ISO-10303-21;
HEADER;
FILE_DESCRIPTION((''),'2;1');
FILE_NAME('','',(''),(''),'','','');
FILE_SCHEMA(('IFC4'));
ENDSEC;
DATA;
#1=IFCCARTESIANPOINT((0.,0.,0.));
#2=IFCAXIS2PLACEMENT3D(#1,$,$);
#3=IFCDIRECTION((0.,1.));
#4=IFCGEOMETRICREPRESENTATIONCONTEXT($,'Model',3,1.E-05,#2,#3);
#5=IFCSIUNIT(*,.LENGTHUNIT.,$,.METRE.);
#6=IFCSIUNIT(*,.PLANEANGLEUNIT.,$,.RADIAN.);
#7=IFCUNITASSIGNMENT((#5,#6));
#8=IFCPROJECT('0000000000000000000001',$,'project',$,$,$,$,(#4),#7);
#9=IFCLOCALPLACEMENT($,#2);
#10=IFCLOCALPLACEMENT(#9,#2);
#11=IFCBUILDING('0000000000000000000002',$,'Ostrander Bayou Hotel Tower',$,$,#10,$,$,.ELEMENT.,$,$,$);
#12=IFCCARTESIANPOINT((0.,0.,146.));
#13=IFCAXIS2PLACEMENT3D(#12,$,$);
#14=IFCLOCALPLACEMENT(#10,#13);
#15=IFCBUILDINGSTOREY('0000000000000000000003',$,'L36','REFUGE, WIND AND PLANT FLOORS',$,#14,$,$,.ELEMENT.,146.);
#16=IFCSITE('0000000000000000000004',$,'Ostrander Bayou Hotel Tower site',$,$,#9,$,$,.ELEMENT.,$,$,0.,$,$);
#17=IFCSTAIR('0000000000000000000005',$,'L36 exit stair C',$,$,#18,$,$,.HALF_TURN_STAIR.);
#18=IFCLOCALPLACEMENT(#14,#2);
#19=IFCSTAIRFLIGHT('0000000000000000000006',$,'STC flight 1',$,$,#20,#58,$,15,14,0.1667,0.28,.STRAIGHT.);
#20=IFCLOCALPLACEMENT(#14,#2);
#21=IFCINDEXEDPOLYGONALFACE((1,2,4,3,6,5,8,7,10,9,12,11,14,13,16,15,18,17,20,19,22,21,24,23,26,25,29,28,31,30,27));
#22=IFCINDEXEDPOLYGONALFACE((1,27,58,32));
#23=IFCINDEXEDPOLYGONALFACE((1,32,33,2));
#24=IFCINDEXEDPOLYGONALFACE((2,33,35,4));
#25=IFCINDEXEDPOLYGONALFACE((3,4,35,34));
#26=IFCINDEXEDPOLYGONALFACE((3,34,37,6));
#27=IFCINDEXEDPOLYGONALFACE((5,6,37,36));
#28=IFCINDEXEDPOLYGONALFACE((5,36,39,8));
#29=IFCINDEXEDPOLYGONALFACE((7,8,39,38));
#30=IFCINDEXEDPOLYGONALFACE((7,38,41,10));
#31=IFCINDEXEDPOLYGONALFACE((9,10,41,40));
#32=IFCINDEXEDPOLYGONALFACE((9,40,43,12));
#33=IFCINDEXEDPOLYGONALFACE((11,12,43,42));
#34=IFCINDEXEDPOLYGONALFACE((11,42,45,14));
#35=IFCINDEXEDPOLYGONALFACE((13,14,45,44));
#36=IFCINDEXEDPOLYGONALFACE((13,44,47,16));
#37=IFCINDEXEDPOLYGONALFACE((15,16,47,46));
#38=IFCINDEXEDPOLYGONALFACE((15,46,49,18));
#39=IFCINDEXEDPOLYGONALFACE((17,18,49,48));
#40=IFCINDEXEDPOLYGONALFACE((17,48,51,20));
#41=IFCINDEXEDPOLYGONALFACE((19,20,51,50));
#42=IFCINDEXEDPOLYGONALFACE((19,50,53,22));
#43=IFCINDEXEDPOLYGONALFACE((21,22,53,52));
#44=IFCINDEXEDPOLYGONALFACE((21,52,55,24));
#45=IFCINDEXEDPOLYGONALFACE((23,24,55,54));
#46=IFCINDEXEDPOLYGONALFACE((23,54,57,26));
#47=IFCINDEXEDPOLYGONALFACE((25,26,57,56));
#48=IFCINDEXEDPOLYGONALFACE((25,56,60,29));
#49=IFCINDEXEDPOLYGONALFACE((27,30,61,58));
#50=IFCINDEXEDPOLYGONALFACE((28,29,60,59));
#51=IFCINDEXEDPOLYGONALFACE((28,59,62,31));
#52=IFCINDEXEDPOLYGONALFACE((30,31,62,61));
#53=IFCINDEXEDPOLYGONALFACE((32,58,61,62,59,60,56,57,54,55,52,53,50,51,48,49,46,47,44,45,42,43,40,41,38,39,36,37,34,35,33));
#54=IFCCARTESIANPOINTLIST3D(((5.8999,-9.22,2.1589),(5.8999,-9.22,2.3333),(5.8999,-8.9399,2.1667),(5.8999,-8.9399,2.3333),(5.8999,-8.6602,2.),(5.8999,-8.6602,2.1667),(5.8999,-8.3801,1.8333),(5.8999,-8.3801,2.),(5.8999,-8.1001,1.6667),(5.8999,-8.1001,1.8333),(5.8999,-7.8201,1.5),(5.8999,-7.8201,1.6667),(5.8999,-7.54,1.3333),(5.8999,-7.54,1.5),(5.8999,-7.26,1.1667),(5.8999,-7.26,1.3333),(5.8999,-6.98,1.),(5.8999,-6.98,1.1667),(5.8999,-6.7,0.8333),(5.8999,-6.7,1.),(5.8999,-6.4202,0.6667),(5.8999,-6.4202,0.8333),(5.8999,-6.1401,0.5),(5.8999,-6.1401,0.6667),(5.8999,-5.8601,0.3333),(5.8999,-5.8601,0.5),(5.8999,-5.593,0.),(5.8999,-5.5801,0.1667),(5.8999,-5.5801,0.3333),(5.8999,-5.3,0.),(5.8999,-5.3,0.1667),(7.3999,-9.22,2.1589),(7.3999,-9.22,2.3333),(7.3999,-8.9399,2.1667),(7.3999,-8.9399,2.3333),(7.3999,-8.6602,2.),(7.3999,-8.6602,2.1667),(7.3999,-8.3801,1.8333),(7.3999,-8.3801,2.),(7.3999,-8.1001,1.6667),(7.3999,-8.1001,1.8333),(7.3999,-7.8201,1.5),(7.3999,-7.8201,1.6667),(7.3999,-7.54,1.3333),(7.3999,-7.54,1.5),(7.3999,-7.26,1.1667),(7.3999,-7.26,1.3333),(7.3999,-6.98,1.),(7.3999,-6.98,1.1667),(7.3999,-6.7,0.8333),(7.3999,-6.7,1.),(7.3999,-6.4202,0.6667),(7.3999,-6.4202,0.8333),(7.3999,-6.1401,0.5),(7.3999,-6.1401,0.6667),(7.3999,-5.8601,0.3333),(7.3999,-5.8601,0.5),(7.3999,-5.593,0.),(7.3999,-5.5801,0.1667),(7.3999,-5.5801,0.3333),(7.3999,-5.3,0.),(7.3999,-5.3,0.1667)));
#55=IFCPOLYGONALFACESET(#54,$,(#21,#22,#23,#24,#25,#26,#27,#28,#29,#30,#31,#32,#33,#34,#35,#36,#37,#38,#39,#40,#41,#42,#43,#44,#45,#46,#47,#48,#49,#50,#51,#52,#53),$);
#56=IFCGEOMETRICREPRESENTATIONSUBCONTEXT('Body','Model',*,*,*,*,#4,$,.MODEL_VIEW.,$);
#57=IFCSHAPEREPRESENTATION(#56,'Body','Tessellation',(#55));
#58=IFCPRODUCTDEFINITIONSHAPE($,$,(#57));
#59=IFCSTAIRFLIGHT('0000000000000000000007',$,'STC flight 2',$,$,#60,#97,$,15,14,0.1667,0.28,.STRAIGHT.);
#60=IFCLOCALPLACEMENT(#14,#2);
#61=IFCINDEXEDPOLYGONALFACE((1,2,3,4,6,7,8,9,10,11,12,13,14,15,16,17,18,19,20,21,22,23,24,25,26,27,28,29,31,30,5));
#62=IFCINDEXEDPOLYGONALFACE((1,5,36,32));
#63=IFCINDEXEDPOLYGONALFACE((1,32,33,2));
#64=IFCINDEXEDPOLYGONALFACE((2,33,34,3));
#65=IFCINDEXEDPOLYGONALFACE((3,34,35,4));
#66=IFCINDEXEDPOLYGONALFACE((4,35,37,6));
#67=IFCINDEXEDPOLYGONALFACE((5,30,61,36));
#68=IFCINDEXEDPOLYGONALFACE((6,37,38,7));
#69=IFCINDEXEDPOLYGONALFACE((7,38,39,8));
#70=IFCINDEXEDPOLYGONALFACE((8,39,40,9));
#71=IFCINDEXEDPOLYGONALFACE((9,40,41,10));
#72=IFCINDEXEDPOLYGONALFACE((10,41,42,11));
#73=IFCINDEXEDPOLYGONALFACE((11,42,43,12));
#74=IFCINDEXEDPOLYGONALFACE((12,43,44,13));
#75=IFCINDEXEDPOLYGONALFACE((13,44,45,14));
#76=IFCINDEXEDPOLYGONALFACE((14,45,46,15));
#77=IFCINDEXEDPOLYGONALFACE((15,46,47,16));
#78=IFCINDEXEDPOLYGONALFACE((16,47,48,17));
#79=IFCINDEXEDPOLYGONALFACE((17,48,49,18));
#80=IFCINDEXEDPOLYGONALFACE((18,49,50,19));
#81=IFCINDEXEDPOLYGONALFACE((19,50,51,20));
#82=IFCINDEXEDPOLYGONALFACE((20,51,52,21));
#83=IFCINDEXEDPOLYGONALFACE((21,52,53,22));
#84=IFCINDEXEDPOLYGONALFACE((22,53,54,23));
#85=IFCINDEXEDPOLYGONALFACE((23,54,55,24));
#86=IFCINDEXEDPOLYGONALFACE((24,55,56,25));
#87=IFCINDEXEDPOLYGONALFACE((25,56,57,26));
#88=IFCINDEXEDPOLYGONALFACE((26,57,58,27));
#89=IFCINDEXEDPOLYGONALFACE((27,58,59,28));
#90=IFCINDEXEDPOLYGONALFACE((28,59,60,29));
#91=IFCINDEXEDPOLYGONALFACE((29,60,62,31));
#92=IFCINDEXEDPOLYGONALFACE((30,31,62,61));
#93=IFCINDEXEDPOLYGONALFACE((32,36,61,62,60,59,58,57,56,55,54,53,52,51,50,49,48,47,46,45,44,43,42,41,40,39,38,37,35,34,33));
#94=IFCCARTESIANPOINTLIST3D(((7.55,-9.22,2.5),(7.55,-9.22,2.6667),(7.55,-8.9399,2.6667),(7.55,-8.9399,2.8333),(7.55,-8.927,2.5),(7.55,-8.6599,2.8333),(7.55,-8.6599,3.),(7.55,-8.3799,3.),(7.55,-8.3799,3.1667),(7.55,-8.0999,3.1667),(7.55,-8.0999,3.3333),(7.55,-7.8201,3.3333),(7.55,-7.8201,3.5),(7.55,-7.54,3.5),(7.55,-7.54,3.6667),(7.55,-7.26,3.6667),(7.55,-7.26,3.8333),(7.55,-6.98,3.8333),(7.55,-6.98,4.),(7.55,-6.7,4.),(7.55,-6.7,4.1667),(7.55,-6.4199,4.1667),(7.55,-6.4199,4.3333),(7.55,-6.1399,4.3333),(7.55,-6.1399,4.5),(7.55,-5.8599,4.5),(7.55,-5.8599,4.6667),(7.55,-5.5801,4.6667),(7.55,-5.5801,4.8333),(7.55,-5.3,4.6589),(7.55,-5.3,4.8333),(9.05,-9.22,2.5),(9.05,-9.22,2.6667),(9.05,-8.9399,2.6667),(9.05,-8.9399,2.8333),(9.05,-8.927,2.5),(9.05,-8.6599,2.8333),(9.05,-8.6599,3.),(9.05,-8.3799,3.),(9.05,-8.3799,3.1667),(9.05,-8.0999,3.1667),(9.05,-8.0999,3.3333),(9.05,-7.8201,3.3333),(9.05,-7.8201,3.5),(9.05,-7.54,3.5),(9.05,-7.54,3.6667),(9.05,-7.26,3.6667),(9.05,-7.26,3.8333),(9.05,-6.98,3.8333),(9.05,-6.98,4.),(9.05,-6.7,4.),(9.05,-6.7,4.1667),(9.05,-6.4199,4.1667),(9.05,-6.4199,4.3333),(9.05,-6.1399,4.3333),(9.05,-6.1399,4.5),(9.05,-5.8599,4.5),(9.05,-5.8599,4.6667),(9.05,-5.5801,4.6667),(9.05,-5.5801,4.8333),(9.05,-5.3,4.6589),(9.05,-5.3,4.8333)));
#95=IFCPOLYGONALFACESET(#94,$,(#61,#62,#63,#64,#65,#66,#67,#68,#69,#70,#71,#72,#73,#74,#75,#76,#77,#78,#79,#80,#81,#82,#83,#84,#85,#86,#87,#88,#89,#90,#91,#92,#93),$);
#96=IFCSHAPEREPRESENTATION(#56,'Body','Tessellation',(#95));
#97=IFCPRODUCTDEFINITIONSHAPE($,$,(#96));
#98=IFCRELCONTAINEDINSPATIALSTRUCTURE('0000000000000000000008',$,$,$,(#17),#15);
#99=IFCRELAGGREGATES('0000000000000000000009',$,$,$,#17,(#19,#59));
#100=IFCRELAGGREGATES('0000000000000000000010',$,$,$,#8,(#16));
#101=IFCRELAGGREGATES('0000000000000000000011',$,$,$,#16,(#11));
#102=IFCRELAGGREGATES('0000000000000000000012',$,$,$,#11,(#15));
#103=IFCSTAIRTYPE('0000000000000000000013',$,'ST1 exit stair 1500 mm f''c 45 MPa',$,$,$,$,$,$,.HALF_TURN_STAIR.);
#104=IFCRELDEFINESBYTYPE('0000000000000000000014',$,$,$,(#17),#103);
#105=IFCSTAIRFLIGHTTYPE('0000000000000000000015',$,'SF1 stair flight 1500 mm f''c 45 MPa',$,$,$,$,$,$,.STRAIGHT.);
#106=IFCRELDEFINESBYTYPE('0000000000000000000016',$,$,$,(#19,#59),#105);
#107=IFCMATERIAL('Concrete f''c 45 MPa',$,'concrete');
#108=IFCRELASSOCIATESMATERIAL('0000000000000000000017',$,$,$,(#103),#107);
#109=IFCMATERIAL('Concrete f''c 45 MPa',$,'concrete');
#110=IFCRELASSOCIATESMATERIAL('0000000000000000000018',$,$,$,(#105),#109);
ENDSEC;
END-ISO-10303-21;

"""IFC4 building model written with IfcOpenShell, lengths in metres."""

from ifc_helpers import new_model, si_unit, direction, frame, origin, place, context, subcontext, project, spatial, polyline, outline, extrude, material, type_object, element, aggregate, save


model = new_model("IFC4")

# Units and contexts
model_context = context("Model", 3, precision=1e-05, world=origin(), true_north=direction((0.0, 1.0)))
body_context = subcontext(model_context, "Body", "Model", "MODEL_VIEW")
ifc_project = project(units=[si_unit("LENGTHUNIT", "METRE"), si_unit("PLANEANGLEUNIT", "RADIAN")], contexts=[model_context])

# Site, building, storey
site_placement = place(None, origin())
site = spatial("IfcSite", under=ifc_project, at=site_placement, Name="Ostrander Bayou Hotel Tower site", CompositionType="ELEMENT", RefElevation=0.0)
building_placement = place(site_placement, origin())
building = spatial("IfcBuilding", under=site, at=building_placement, Name="Ostrander Bayou Hotel Tower", CompositionType="ELEMENT")
storey_placement = place(building_placement, frame((0.0, 0.0, 146.0)))
storey = spatial("IfcBuildingStorey", under=building, at=storey_placement, Name="L36", Description="REFUGE, WIND AND PLANT FLOORS", CompositionType="ELEMENT", Elevation=146.0)

# Stair, stair flights
ifc_material_1 = material(Name="Concrete f'c 45 MPa", Category="concrete")
stair_type = type_object("IfcStairType", Name="ST1 exit stair 1500 mm f'c 45 MPa", PredefinedType="HALF_TURN_STAIR", material=ifc_material_1)
stair_placement = place(storey_placement, origin())
stair = element("IfcStair", 1, at=stair_placement, inside=storey, type_object=stair_type, Name="L36 exit stair C", PredefinedType="HALF_TURN_STAIR")
ifc_material_2 = material(Name="Concrete f'c 45 MPa", Category="concrete")
stair_flight_type = type_object("IfcStairFlightType", Name="SF1 stair flight 1500 mm f'c 45 MPa", PredefinedType="STRAIGHT", material=ifc_material_2)
stair_flight_1_placement = place(storey_placement, frame((6.6499, -5.3, 0.0), z_axis=(0.0, 0.0, 1.0), x_axis=(0.0, -1.0, 0.0)))
stair_flight_1 = element("IfcStairFlight", 2, at=stair_flight_1_placement, type_object=stair_flight_type, Name="STC flight 1", NumberOfRisers=15, NumberOfTreads=14, PredefinedType="STRAIGHT", RiserHeight=0.1667, TreadLength=0.28, context=body_context, shape_type="SweptSolid", body=[
    extrude(outline(polyline([(0.0, 0.0), (0.0, 0.1667), (0.28, 0.1667), (0.28, 0.3333), (0.5601, 0.3333), (0.5601, 0.5), (0.8401, 0.5), (0.8401, 0.6667), (1.1201, 0.6667), (1.1201, 0.8333), (1.3999, 0.8333), (1.3999, 1.0), (1.6799, 1.0), (1.6799, 1.1667), (1.96, 1.1667), (1.96, 1.3333), (2.24, 1.3333), (2.24, 1.5), (2.52, 1.5), (2.52, 1.6667), (2.8, 1.6667), (2.8, 1.8333), (3.0801, 1.8333), (3.0801, 2.0), (3.3601, 2.0), (3.3601, 2.1667), (3.6399, 2.1667), (3.6399, 2.3333), (3.9199, 2.3333), (3.9199, 2.5), (3.9199, 2.1589), (0.293, 0.0), (0.0, 0.0)])), frame((0.0, 0.75, 0.0), z_axis=(0.0, -1.0, 0.0), x_axis=(1.0, 0.0, 0.0)), (0.0, 0.0, 1.0), 1.5),
])
stair_flight_2_placement = place(storey_placement, frame((8.3, -9.22, 2.5), z_axis=(0.0, 0.0, 1.0), x_axis=(0.0, 1.0, 0.0)))
stair_flight_2 = element("IfcStairFlight", 3, at=stair_flight_2_placement, type_object=stair_flight_type, Name="STC flight 2", NumberOfRisers=15, NumberOfTreads=14, PredefinedType="STRAIGHT", RiserHeight=0.1667, TreadLength=0.28, context=body_context, shape_type="SweptSolid", body=[
    extrude(outline(polyline([(0.0, 0.0), (0.0, 0.1667), (0.28, 0.1667), (0.28, 0.3333), (0.5601, 0.3333), (0.5601, 0.5), (0.8401, 0.5), (0.8401, 0.6667), (1.1201, 0.6667), (1.1201, 0.8333), (1.3999, 0.8333), (1.3999, 1.0), (1.6799, 1.0), (1.6799, 1.1667), (1.96, 1.1667), (1.96, 1.3333), (2.24, 1.3333), (2.24, 1.5), (2.52, 1.5), (2.52, 1.6667), (2.8, 1.6667), (2.8, 1.8333), (3.0801, 1.8333), (3.0801, 2.0), (3.3601, 2.0), (3.3601, 2.1667), (3.6399, 2.1667), (3.6399, 2.3333), (3.9199, 2.3333), (3.9199, 2.5), (3.9199, 2.1589), (0.293, 0.0), (0.0, 0.0)])), frame((0.0, 0.75, 0.0), z_axis=(0.0, -1.0, 0.0), x_axis=(1.0, 0.0, 0.0)), (0.0, 0.0, 1.0), 1.5),
])
aggregate(stair, [stair_flight_1, stair_flight_2])

save(model, "model.ifc")
